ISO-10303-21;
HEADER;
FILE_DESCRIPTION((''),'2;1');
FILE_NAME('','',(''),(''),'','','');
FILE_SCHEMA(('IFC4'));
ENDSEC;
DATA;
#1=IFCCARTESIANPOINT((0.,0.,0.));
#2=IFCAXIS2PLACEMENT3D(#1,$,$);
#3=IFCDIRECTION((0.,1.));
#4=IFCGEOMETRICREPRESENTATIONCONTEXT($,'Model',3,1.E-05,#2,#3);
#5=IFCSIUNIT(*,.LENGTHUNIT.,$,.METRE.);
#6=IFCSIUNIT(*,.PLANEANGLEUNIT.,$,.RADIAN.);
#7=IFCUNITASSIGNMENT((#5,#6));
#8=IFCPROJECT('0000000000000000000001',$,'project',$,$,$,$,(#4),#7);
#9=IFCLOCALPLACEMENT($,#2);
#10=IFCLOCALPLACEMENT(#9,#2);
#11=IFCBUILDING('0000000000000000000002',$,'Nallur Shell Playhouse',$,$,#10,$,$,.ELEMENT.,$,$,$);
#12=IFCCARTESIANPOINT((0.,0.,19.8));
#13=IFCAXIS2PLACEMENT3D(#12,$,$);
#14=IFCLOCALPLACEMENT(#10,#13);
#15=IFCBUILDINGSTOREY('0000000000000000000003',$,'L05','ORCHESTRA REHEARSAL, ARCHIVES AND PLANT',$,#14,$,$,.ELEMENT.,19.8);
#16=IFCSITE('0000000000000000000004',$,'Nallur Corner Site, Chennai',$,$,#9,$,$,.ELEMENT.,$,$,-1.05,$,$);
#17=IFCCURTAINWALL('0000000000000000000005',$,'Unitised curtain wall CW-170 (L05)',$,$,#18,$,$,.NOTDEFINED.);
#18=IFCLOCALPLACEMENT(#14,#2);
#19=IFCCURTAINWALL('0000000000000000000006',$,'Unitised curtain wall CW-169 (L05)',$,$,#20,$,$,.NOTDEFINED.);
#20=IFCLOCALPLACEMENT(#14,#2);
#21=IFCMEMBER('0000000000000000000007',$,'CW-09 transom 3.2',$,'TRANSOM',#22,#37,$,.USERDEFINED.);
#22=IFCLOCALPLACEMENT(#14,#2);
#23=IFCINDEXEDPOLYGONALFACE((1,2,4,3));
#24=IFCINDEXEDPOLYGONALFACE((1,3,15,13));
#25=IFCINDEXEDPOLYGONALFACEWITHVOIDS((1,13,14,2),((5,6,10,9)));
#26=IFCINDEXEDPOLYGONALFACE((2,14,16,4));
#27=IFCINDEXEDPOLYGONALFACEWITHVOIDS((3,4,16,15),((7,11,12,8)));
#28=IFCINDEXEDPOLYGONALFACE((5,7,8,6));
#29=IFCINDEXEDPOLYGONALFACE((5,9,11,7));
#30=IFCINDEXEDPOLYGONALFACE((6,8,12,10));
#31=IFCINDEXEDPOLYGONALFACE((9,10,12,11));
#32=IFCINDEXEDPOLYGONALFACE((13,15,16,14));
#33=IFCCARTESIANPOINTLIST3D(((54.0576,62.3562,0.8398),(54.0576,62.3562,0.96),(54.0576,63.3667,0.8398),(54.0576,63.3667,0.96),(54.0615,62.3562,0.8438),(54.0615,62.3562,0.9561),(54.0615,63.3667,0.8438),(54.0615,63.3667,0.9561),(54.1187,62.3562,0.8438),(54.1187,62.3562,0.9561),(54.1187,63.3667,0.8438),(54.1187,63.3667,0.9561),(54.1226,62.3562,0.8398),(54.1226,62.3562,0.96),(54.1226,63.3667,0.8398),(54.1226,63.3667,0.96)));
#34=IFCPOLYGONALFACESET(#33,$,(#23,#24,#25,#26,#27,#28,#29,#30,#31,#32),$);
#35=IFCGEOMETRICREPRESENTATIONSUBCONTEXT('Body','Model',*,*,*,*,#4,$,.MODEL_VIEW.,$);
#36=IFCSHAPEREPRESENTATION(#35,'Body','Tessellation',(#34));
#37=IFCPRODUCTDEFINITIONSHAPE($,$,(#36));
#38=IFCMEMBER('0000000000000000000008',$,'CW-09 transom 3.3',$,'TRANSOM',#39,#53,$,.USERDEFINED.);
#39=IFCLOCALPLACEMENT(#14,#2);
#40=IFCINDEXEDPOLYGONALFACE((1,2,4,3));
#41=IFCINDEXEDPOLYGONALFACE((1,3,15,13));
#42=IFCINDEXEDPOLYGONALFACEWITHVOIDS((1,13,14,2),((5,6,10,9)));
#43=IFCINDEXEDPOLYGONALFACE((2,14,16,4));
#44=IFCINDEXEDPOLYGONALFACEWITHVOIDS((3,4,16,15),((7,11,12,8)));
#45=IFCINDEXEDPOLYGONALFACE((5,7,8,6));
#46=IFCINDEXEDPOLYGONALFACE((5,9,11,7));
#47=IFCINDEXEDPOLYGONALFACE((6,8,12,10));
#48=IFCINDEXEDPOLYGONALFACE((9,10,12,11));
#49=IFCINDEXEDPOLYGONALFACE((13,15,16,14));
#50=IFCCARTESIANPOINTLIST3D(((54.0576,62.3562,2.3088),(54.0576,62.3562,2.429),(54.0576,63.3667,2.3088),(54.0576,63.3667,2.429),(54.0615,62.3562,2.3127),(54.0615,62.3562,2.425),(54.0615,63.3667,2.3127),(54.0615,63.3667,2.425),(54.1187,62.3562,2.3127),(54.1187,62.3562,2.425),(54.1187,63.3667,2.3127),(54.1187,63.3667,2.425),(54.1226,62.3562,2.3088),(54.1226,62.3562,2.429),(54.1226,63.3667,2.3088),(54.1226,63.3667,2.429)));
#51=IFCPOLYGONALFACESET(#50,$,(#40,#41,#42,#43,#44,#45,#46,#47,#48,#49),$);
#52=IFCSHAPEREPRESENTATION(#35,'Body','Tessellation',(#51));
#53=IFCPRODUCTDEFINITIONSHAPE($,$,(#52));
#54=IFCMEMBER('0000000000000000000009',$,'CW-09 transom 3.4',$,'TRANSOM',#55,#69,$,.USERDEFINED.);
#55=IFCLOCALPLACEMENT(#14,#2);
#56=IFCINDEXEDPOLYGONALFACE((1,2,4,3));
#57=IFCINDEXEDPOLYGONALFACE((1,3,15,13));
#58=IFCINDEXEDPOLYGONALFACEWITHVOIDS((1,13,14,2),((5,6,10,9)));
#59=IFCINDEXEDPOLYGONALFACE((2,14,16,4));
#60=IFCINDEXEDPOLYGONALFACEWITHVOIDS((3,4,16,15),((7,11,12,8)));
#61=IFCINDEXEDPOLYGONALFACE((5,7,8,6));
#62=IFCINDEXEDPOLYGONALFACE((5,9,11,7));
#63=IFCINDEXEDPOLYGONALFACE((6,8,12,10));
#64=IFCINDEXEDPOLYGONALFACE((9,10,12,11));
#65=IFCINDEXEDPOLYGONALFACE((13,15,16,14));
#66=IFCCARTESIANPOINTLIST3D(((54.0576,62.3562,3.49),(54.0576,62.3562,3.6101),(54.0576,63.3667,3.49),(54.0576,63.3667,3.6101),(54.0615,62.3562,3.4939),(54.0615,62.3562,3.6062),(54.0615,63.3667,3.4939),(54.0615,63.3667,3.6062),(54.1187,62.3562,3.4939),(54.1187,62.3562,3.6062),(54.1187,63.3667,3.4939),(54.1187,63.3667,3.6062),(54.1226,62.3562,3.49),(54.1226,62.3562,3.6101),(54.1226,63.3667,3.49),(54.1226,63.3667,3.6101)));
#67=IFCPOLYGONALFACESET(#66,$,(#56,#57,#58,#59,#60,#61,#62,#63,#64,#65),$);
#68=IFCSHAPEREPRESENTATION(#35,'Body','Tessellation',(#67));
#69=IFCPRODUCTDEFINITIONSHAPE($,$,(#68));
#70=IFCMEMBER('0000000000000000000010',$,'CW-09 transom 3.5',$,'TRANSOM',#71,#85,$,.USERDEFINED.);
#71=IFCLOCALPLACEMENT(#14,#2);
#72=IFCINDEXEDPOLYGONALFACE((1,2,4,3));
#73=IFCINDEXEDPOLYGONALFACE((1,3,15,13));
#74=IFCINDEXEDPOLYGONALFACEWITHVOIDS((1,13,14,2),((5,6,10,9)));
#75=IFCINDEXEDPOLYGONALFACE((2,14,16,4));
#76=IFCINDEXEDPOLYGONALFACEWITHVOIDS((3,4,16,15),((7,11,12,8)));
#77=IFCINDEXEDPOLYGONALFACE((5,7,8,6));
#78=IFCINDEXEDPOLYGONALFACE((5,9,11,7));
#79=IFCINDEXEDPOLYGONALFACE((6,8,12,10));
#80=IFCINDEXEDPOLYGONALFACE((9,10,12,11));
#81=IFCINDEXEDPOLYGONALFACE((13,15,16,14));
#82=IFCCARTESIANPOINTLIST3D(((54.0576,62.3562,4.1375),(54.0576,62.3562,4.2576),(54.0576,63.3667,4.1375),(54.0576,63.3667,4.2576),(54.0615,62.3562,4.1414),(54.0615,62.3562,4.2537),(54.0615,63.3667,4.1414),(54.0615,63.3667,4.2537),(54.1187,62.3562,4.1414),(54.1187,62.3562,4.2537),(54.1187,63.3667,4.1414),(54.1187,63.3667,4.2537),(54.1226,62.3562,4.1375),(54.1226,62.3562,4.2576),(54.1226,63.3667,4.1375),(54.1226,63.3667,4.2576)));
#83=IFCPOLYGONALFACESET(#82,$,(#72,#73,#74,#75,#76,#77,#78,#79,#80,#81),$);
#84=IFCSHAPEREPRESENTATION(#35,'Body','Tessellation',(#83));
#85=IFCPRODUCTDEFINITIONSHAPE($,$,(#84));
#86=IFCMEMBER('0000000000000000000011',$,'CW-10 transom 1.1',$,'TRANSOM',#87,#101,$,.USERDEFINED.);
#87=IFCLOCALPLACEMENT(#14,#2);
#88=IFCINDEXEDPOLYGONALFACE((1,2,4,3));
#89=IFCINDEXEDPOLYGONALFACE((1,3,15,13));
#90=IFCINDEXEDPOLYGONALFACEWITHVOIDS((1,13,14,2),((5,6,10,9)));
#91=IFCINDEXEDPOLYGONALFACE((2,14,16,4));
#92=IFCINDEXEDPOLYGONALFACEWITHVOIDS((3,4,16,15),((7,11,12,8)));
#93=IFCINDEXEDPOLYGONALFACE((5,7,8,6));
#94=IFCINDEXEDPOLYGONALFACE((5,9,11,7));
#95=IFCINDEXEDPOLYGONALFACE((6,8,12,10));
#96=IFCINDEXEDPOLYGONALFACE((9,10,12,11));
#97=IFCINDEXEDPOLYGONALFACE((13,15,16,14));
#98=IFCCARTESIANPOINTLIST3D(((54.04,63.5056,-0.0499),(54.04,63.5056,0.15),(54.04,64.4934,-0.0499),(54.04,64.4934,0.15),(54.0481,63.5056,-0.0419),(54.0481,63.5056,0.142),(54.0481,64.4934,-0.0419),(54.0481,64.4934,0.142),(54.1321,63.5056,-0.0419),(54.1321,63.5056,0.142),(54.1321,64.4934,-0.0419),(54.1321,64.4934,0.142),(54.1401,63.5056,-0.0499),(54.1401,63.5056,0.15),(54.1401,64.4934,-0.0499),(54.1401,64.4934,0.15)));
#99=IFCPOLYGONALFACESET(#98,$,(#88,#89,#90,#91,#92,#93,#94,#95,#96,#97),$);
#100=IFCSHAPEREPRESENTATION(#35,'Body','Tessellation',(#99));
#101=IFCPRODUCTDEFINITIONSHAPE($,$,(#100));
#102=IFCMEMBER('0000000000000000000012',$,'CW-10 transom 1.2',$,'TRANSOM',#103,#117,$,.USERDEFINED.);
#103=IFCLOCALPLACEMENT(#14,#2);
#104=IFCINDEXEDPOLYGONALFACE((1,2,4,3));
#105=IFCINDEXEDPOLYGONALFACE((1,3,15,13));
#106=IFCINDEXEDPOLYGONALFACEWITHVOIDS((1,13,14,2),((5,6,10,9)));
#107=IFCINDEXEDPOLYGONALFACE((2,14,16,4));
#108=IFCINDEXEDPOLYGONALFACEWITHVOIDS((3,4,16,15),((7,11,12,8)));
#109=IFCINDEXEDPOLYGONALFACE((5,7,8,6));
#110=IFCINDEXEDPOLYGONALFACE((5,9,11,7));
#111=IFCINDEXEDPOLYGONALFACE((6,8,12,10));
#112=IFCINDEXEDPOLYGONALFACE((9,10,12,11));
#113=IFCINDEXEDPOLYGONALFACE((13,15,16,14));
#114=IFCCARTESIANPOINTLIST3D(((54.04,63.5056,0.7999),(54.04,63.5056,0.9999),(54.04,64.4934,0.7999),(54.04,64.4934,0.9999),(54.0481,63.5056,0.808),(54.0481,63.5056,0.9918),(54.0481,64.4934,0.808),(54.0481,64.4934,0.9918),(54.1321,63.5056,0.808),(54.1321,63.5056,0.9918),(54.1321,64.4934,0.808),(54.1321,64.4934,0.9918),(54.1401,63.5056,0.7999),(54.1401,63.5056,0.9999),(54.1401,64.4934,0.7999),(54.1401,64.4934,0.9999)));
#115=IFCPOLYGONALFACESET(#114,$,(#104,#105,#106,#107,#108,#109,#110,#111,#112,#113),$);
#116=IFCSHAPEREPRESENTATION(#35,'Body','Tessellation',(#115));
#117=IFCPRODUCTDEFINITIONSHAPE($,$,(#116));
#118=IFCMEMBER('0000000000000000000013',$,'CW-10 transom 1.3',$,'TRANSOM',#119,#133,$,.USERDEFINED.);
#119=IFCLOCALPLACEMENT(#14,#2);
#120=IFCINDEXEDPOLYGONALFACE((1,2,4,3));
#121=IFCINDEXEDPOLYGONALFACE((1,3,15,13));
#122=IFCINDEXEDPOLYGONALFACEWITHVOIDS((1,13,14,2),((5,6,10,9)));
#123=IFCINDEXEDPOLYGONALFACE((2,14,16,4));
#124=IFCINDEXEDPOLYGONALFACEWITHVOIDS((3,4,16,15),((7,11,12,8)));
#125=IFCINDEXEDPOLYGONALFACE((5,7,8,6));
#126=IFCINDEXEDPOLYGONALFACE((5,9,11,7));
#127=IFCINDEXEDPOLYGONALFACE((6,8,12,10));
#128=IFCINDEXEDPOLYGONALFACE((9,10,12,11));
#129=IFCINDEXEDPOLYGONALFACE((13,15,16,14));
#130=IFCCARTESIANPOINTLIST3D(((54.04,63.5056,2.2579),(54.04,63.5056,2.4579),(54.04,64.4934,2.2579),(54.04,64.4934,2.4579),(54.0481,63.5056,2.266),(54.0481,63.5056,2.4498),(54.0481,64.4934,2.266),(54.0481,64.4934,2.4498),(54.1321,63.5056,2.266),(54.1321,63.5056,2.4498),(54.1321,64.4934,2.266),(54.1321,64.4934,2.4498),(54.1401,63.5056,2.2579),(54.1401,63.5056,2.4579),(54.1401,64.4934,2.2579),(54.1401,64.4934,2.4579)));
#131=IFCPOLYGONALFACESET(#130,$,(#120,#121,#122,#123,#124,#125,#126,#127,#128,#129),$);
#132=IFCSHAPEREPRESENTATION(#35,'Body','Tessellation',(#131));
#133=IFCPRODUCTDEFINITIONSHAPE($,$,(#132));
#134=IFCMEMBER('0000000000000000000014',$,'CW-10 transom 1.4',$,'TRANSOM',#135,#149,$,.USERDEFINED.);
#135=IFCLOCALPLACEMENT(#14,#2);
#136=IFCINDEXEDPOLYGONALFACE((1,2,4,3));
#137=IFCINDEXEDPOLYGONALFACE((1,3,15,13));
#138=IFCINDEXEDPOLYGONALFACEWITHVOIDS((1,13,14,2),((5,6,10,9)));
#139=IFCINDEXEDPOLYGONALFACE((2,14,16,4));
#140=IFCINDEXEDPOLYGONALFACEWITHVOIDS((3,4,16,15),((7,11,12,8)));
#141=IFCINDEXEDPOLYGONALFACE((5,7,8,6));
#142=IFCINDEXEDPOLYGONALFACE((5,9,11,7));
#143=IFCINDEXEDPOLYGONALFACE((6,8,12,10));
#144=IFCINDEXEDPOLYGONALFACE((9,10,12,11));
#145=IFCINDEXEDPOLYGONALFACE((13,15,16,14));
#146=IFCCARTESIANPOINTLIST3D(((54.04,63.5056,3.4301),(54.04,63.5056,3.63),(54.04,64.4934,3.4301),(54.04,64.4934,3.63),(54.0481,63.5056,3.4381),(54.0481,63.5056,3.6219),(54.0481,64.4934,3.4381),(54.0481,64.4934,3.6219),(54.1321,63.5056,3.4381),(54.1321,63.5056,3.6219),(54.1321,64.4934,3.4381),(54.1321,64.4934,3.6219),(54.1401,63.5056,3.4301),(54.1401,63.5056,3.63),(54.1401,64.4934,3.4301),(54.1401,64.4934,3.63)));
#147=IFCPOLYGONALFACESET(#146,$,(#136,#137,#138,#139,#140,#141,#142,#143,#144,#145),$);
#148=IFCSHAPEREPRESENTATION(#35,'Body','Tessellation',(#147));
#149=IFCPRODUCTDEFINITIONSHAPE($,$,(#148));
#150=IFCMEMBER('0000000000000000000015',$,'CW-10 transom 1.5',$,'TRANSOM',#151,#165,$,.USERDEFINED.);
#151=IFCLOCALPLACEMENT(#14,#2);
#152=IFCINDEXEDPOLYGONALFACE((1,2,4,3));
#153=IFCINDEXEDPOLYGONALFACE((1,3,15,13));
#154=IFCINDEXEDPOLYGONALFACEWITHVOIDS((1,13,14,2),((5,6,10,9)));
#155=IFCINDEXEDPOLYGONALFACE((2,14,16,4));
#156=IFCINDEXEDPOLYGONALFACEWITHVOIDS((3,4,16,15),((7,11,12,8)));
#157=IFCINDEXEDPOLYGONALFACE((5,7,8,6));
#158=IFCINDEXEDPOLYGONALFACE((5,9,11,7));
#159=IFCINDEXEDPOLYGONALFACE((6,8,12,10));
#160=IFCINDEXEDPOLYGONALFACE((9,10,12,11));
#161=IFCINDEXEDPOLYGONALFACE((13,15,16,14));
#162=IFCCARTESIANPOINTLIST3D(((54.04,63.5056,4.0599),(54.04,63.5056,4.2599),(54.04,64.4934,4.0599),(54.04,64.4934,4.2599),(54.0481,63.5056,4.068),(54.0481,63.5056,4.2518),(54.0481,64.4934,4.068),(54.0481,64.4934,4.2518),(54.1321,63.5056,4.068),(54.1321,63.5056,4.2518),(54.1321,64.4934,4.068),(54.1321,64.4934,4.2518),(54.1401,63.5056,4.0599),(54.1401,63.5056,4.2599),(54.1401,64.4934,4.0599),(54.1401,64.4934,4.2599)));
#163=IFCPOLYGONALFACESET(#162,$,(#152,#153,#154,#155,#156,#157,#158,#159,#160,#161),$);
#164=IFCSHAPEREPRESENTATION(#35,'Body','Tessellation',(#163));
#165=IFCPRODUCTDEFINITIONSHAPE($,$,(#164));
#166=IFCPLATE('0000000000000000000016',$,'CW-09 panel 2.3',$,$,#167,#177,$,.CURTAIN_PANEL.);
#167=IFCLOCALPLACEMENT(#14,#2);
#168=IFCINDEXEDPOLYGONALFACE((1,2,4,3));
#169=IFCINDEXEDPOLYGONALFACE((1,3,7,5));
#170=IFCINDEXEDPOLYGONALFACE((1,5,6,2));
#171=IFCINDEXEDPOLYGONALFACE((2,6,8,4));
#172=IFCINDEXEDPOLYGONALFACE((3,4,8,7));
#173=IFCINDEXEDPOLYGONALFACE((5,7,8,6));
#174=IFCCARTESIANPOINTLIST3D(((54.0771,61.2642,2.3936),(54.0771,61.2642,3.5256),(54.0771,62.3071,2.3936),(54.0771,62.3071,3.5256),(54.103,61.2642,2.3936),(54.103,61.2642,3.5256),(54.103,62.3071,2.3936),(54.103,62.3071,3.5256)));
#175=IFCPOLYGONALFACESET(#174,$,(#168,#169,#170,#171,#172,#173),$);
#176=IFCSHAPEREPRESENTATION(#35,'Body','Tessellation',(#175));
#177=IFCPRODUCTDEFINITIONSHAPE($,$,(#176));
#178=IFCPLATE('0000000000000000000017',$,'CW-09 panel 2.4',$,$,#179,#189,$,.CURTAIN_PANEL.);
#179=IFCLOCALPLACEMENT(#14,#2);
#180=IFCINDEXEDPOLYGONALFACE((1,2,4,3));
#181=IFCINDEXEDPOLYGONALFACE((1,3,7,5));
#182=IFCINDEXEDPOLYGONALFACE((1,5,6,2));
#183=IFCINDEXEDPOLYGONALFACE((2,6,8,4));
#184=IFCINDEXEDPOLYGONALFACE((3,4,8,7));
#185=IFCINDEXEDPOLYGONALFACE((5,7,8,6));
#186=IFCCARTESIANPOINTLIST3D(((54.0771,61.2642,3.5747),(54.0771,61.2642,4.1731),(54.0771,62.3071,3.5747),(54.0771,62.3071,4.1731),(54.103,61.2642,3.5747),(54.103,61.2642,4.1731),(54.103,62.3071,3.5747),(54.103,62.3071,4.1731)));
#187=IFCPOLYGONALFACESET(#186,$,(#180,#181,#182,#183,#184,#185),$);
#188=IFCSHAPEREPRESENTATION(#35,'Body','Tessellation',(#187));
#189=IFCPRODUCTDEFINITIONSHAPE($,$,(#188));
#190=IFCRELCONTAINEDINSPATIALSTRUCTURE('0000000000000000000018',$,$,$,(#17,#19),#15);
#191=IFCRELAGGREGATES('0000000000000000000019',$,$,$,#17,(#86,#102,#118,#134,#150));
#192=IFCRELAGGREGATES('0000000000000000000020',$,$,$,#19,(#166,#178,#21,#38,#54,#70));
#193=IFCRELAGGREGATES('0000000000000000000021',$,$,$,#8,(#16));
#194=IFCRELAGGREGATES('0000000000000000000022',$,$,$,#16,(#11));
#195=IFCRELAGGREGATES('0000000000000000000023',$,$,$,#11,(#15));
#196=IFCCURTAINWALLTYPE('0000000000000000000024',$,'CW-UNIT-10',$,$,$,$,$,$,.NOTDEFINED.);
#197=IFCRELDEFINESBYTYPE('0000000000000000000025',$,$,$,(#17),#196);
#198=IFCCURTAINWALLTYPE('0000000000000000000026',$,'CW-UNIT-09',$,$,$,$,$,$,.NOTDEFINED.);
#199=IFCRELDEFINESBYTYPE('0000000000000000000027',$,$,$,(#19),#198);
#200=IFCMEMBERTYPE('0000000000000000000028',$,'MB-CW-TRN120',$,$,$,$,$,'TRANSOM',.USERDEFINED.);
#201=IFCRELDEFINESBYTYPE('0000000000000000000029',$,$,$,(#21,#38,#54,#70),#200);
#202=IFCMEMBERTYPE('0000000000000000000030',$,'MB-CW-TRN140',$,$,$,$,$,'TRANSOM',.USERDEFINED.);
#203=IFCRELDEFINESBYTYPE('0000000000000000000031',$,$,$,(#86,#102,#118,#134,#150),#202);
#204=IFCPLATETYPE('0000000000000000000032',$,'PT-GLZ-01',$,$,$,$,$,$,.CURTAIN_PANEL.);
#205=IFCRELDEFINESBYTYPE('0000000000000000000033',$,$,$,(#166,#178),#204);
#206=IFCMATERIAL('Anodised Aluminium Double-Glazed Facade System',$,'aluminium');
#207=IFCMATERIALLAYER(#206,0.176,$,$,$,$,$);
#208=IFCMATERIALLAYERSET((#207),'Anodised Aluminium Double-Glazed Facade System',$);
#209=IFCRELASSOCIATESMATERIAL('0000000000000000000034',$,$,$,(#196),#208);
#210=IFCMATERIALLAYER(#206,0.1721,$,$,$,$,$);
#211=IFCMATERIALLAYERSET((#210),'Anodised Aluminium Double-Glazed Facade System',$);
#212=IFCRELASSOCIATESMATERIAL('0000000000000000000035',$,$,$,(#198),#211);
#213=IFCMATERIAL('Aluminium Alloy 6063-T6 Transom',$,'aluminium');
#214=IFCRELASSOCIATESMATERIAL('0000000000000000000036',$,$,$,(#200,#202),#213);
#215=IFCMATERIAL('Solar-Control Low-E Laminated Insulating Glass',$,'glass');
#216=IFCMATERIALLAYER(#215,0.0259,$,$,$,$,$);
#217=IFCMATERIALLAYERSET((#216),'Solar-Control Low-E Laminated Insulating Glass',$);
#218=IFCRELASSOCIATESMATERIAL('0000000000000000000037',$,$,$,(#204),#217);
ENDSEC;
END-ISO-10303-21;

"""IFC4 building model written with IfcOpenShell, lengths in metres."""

from ifc_helpers import new_model, si_unit, direction, frame, origin, origin_2d, place, context, subcontext, project, spatial, rectangle, hollow_rectangle, extrude, material, layer, layer_set, material_profile, profile_set, type_object, element, aggregate, save


model = new_model("IFC4")

# Units and contexts
model_context = context("Model", 3, precision=1e-05, world=origin(), true_north=direction((0.0, 1.0)))
body_context = subcontext(model_context, "Body", "Model", "MODEL_VIEW")
ifc_project = project(units=[si_unit("LENGTHUNIT", "METRE"), si_unit("PLANEANGLEUNIT", "RADIAN")], contexts=[model_context])

# Site, building, storey
site_placement = place(None, origin())
site = spatial("IfcSite", under=ifc_project, at=site_placement, Name="Nallur Corner Site, Chennai", CompositionType="ELEMENT", RefElevation=-1.05)
building_placement = place(site_placement, origin())
building = spatial("IfcBuilding", under=site, at=building_placement, Name="Nallur Shell Playhouse", CompositionType="ELEMENT")
storey_placement = place(building_placement, frame((0.0, 0.0, 19.8)))
storey = spatial("IfcBuildingStorey", under=building, at=storey_placement, Name="L05", Description="ORCHESTRA REHEARSAL, ARCHIVES AND PLANT", CompositionType="ELEMENT", Elevation=19.8)

# Curtain wall
ifc_material_1 = material(Name="Anodised Aluminium Double-Glazed Facade System", Category="aluminium")
ifc_layer_1 = layer(ifc_material_1, 0.176)
ifc_layer_set_1 = layer_set([ifc_layer_1], Name="Anodised Aluminium Double-Glazed Facade System")
curtain_wall_type_1 = type_object("IfcCurtainWallType", Name="CW-UNIT-10", PredefinedType="NOTDEFINED", material=ifc_layer_set_1)
curtain_wall_1_placement = place(storey_placement, origin())
curtain_wall_1 = element("IfcCurtainWall", 1, at=curtain_wall_1_placement, inside=storey, type_object=curtain_wall_type_1, Name="Unitised curtain wall CW-170 (L05)", PredefinedType="NOTDEFINED")

# Curtain wall, members
ifc_layer_2 = layer(ifc_material_1, 0.1721)
ifc_layer_set_2 = layer_set([ifc_layer_2], Name="Anodised Aluminium Double-Glazed Facade System")
curtain_wall_type_2 = type_object("IfcCurtainWallType", Name="CW-UNIT-09", PredefinedType="NOTDEFINED", material=ifc_layer_set_2)
curtain_wall_2_placement = place(storey_placement, origin())
curtain_wall_2 = element("IfcCurtainWall", 2, at=curtain_wall_2_placement, inside=storey, type_object=curtain_wall_type_2, Name="Unitised curtain wall CW-169 (L05)", PredefinedType="NOTDEFINED")
ifc_material_2 = material(Name="Aluminium Alloy 6063-T6 Transom", Category="aluminium")
ifc_material_profile_1 = material_profile(ifc_material_2, hollow_rectangle(XDim=0.0649, YDim=0.1201, WallThickness=0.0039, at=origin_2d()), Name="ALU 65x120x4")
ifc_profile_set_1 = profile_set([ifc_material_profile_1], Name="Aluminium Alloy 6063-T6 Transom")
member_type_1 = type_object("IfcMemberType", Name="MB-CW-TRN120", ElementType="TRANSOM", PredefinedType="USERDEFINED", material=ifc_profile_set_1)
member_1_placement = place(storey_placement, frame((54.0901, 62.3562, 0.8999), z_axis=(0.0, 1.0, 0.0), x_axis=(-1.0, 0.0, 0.0)))
member_1 = element("IfcMember", 3, at=member_1_placement, type_object=member_type_1, Name="CW-09 transom 3.2", ObjectType="TRANSOM", PredefinedType="USERDEFINED", context=body_context, shape_type="SweptSolid", body=[
    extrude(hollow_rectangle(XDim=0.0649, YDim=0.1201, WallThickness=0.0039, at=origin_2d()), origin(), (0.0, 0.0, 1.0), 1.0105),
])
member_2_placement = place(storey_placement, frame((54.0901, 62.3562, 2.3689), z_axis=(0.0, 1.0, 0.0), x_axis=(-1.0, 0.0, 0.0)))
member_2 = element("IfcMember", 4, at=member_2_placement, type_object=member_type_1, Name="CW-09 transom 3.3", ObjectType="TRANSOM", PredefinedType="USERDEFINED", context=body_context, shape_type="SweptSolid", body=[
    extrude(hollow_rectangle(XDim=0.0649, YDim=0.1201, WallThickness=0.0039, at=origin_2d()), origin(), (0.0, 0.0, 1.0), 1.0105),
])
member_3_placement = place(storey_placement, frame((54.0901, 62.3562, 3.55), z_axis=(0.0, 1.0, 0.0), x_axis=(-1.0, 0.0, 0.0)))
member_3 = element("IfcMember", 5, at=member_3_placement, type_object=member_type_1, Name="CW-09 transom 3.4", ObjectType="TRANSOM", PredefinedType="USERDEFINED", context=body_context, shape_type="SweptSolid", body=[
    extrude(hollow_rectangle(XDim=0.0649, YDim=0.1201, WallThickness=0.0039, at=origin_2d()), origin(), (0.0, 0.0, 1.0), 1.0105),
])
member_4_placement = place(storey_placement, frame((54.0901, 62.3562, 4.1975), z_axis=(0.0, 1.0, 0.0), x_axis=(-1.0, 0.0, 0.0)))
member_4 = element("IfcMember", 6, at=member_4_placement, type_object=member_type_1, Name="CW-09 transom 3.5", ObjectType="TRANSOM", PredefinedType="USERDEFINED", context=body_context, shape_type="SweptSolid", body=[
    extrude(hollow_rectangle(XDim=0.0649, YDim=0.1201, WallThickness=0.0039, at=origin_2d()), origin(), (0.0, 0.0, 1.0), 1.0105),
])

# Members
ifc_material_profile_2 = material_profile(ifc_material_2, hollow_rectangle(XDim=0.1001, YDim=0.2, WallThickness=0.0081, at=origin_2d()), Name="RHS 200x100x8")
ifc_profile_set_2 = profile_set([ifc_material_profile_2], Name="Aluminium Alloy 6063-T6 Transom")
member_type_2 = type_object("IfcMemberType", Name="MB-CW-TRN140", ElementType="TRANSOM", PredefinedType="USERDEFINED", material=ifc_profile_set_2)
member_5_placement = place(storey_placement, frame((54.0901, 63.5056, 0.05), z_axis=(0.0, 1.0, 0.0), x_axis=(-1.0, 0.0, 0.0)))
member_5 = element("IfcMember", 7, at=member_5_placement, type_object=member_type_2, Name="CW-10 transom 1.1", ObjectType="TRANSOM", PredefinedType="USERDEFINED", context=body_context, shape_type="SweptSolid", body=[
    extrude(hollow_rectangle(XDim=0.1001, YDim=0.2, WallThickness=0.0081, at=origin_2d()), origin(), (0.0, 0.0, 1.0), 0.9878),
])
member_6_placement = place(storey_placement, frame((54.0901, 63.5056, 0.8999), z_axis=(0.0, 1.0, 0.0), x_axis=(-1.0, 0.0, 0.0)))
member_6 = element("IfcMember", 8, at=member_6_placement, type_object=member_type_2, Name="CW-10 transom 1.2", ObjectType="TRANSOM", PredefinedType="USERDEFINED", context=body_context, shape_type="SweptSolid", body=[
    extrude(hollow_rectangle(XDim=0.1001, YDim=0.2, WallThickness=0.0081, at=origin_2d()), origin(), (0.0, 0.0, 1.0), 0.9878),
])
member_7_placement = place(storey_placement, frame((54.0901, 63.5056, 2.3579), z_axis=(0.0, 1.0, 0.0), x_axis=(-1.0, 0.0, 0.0)))
member_7 = element("IfcMember", 9, at=member_7_placement, type_object=member_type_2, Name="CW-10 transom 1.3", ObjectType="TRANSOM", PredefinedType="USERDEFINED", context=body_context, shape_type="SweptSolid", body=[
    extrude(hollow_rectangle(XDim=0.1001, YDim=0.2, WallThickness=0.0081, at=origin_2d()), origin(), (0.0, 0.0, 1.0), 0.9878),
])
member_8_placement = place(storey_placement, frame((54.0901, 63.5056, 3.53), z_axis=(0.0, 1.0, 0.0), x_axis=(-1.0, 0.0, 0.0)))
member_8 = element("IfcMember", 10, at=member_8_placement, type_object=member_type_2, Name="CW-10 transom 1.4", ObjectType="TRANSOM", PredefinedType="USERDEFINED", context=body_context, shape_type="SweptSolid", body=[
    extrude(hollow_rectangle(XDim=0.1001, YDim=0.2, WallThickness=0.0081, at=origin_2d()), origin(), (0.0, 0.0, 1.0), 0.9878),
])
member_9_placement = place(storey_placement, frame((54.0901, 63.5056, 4.1599), z_axis=(0.0, 1.0, 0.0), x_axis=(-1.0, 0.0, 0.0)))
member_9 = element("IfcMember", 11, at=member_9_placement, type_object=member_type_2, Name="CW-10 transom 1.5", ObjectType="TRANSOM", PredefinedType="USERDEFINED", context=body_context, shape_type="SweptSolid", body=[
    extrude(hollow_rectangle(XDim=0.1001, YDim=0.2, WallThickness=0.0081, at=origin_2d()), origin(), (0.0, 0.0, 1.0), 0.9878),
])
aggregate(curtain_wall_1, [member_5, member_6, member_7, member_8, member_9])

# Plates
ifc_material_3 = material(Name="Solar-Control Low-E Laminated Insulating Glass", Category="glass")
ifc_layer_3 = layer(ifc_material_3, 0.0259)
ifc_layer_set_3 = layer_set([ifc_layer_3], Name="Solar-Control Low-E Laminated Insulating Glass")
plate_type = type_object("IfcPlateType", Name="PT-GLZ-01", PredefinedType="CURTAIN_PANEL", material=ifc_layer_set_3)
plate_1_placement = place(storey_placement, frame((54.0901, 61.7856, 2.3936), z_axis=(0.0, 0.0, 1.0), x_axis=(0.0, 1.0, 0.0)))
plate_1 = element("IfcPlate", 12, at=plate_1_placement, type_object=plate_type, Name="CW-09 panel 2.3", PredefinedType="CURTAIN_PANEL", context=body_context, shape_type="SweptSolid", body=[
    extrude(rectangle(XDim=1.043, YDim=0.0259, at=origin_2d()), origin(), (0.0, 0.0, 1.0), 1.1321),
])
plate_2_placement = place(storey_placement, frame((54.0901, 61.7856, 3.5747), z_axis=(0.0, 0.0, 1.0), x_axis=(0.0, 1.0, 0.0)))
plate_2 = element("IfcPlate", 13, at=plate_2_placement, type_object=plate_type, Name="CW-09 panel 2.4", PredefinedType="CURTAIN_PANEL", context=body_context, shape_type="SweptSolid", body=[
    extrude(rectangle(XDim=1.043, YDim=0.0259, at=origin_2d()), origin(), (0.0, 0.0, 1.0), 0.5984),
])
aggregate(curtain_wall_2, [plate_1, plate_2, member_1, member_2, member_3, member_4])

save(model, "model.ifc")
